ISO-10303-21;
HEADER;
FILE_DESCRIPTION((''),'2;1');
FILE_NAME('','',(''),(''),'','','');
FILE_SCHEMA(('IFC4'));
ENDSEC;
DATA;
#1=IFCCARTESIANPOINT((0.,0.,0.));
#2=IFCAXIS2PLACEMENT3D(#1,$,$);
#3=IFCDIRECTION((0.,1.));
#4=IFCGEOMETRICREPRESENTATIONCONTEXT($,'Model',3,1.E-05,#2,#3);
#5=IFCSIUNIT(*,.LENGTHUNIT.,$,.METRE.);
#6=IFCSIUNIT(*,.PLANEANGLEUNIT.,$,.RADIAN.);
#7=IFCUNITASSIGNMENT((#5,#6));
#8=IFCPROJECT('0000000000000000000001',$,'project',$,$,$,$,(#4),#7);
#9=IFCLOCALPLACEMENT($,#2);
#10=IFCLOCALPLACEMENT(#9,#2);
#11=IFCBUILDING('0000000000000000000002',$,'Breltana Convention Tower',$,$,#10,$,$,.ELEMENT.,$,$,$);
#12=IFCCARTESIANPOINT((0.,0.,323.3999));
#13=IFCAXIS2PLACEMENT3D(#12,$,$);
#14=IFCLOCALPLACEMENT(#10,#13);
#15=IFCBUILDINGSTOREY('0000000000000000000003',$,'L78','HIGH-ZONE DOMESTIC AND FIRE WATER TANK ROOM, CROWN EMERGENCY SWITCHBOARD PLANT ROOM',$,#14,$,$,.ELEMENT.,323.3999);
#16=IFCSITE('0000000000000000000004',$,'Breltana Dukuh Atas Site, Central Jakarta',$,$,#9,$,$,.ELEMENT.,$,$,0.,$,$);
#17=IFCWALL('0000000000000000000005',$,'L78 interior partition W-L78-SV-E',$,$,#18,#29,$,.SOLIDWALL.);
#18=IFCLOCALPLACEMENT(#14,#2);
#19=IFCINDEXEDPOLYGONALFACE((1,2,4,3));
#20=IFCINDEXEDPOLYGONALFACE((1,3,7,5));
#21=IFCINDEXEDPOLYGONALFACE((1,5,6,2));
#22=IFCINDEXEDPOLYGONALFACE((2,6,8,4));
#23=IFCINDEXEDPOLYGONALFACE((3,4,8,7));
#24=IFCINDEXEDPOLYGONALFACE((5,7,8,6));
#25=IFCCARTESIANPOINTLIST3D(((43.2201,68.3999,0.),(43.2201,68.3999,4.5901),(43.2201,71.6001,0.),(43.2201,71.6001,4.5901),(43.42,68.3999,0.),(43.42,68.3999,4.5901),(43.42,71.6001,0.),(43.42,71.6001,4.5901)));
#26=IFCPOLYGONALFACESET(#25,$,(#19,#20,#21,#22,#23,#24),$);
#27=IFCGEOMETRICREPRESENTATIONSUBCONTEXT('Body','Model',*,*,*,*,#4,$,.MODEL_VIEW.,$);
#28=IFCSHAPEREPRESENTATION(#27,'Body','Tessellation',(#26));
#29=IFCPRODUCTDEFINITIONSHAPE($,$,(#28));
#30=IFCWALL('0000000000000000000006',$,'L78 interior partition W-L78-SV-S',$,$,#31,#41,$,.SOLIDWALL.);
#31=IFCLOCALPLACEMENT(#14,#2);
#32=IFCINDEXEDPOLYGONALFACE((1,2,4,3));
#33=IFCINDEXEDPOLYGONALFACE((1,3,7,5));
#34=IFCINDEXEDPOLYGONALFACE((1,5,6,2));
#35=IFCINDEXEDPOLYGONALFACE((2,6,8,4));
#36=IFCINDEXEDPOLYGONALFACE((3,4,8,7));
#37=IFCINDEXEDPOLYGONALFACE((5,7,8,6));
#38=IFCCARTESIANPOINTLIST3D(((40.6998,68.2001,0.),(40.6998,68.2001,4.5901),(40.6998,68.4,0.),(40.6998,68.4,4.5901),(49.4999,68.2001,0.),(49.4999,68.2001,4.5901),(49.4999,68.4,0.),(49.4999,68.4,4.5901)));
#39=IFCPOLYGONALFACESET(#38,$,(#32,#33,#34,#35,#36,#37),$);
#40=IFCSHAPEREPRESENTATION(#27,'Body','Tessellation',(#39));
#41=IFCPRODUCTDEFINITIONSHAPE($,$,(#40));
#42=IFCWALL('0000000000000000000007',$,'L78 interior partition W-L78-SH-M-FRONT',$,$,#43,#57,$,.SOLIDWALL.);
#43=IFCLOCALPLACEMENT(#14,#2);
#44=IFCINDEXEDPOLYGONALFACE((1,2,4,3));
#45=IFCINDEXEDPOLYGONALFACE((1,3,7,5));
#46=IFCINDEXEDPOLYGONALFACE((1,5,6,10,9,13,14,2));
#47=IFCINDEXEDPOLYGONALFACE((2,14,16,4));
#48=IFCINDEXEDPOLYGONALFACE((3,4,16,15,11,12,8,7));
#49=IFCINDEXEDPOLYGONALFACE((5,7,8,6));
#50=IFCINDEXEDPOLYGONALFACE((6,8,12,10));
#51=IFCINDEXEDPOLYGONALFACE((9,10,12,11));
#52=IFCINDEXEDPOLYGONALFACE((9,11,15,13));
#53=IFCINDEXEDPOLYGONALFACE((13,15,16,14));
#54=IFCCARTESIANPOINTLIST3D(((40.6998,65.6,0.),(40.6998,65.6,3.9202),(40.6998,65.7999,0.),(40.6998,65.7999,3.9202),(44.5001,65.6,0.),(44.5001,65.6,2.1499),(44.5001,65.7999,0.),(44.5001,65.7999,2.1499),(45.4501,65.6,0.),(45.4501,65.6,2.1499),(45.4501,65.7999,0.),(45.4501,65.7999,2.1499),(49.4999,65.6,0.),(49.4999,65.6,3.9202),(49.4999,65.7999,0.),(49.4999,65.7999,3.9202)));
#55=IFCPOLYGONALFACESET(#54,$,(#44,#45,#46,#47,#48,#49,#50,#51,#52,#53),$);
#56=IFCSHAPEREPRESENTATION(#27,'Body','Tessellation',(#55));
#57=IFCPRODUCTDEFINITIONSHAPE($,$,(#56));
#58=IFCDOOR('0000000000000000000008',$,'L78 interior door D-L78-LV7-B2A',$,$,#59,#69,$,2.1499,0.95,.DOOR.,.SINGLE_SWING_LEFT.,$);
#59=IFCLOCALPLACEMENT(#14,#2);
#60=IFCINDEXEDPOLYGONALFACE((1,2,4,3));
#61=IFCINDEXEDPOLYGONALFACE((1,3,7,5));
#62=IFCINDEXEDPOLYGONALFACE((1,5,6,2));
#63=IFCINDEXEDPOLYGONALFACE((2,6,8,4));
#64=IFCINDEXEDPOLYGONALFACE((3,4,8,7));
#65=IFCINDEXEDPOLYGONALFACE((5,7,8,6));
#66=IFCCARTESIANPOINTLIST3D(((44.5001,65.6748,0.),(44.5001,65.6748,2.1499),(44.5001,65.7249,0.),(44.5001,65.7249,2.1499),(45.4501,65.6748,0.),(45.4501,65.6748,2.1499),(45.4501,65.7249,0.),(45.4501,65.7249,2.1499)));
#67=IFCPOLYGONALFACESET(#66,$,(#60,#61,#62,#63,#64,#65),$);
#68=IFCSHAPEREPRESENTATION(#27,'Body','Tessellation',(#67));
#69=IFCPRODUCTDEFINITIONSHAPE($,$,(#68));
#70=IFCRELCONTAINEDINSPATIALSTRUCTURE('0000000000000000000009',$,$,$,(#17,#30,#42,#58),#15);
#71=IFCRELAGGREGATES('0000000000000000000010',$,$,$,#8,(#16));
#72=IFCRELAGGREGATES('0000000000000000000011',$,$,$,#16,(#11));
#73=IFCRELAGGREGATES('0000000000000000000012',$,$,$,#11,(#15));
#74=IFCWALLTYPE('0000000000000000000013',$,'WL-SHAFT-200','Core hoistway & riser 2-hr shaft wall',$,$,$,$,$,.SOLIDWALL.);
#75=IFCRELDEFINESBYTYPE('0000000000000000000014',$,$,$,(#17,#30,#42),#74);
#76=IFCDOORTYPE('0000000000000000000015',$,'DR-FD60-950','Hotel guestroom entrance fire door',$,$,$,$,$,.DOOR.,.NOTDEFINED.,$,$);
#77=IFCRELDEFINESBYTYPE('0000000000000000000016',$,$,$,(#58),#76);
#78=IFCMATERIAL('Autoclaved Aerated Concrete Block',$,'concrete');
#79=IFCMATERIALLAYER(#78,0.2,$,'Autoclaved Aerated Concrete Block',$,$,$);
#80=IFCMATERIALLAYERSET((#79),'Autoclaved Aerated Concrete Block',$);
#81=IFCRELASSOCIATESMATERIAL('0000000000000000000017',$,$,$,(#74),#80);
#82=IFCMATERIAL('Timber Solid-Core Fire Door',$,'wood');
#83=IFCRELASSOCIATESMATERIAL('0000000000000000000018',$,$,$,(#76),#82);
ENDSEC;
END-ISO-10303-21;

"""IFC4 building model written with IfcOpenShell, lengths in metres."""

from ifc_helpers import new_model, si_unit, direction, frame, frame_2d, origin, place, context, subcontext, project, spatial, rectangle, extrude, source, transform, mapped, material, layer, layer_set, type_object, type_shapes, element, fill, save


model = new_model("IFC4")

# Units and contexts
model_context = context("Model", 3, precision=1e-05, world=origin(), true_north=direction((0.0, 1.0)))
body_context = subcontext(model_context, "Body", "Model", "MODEL_VIEW")
ifc_project = project(units=[si_unit("LENGTHUNIT", "METRE"), si_unit("PLANEANGLEUNIT", "RADIAN")], contexts=[model_context])

# Site, building, storey
site_placement = place(None, origin())
site = spatial("IfcSite", under=ifc_project, at=site_placement, Name="Breltana Dukuh Atas Site, Central Jakarta", CompositionType="ELEMENT", RefElevation=0.0)
building_placement = place(site_placement, origin())
building = spatial("IfcBuilding", under=site, at=building_placement, Name="Breltana Convention Tower", CompositionType="ELEMENT")
storey_placement = place(building_placement, frame((0.0, 0.0, 323.3999)))
storey = spatial("IfcBuildingStorey", under=building, at=storey_placement, Name="L78", Description="HIGH-ZONE DOMESTIC AND FIRE WATER TANK ROOM, CROWN EMERGENCY SWITCHBOARD PLANT ROOM", CompositionType="ELEMENT", Elevation=323.3999)

# Walls
ifc_material_1 = material(Name="Autoclaved Aerated Concrete Block", Category="concrete")
ifc_layer_1 = layer(ifc_material_1, 0.2, Name="Autoclaved Aerated Concrete Block")
ifc_layer_set_1 = layer_set([ifc_layer_1], Name="Autoclaved Aerated Concrete Block")
wall_type_1 = type_object("IfcWallType", Name="WL-SHAFT-200", Description="Core hoistway & riser 2-hr shaft wall", PredefinedType="SOLIDWALL", material=ifc_layer_set_1)
shared_shape_1 = source(origin(), body_context, "Body", "SweptSolid", [
    extrude(rectangle(XDim=3.2002, YDim=0.2, at=frame_2d((1.6001, 0.0))), origin(), (0.0, 0.0, 1.0), 4.5901),
])
wall_1_placement = place(storey_placement, frame((43.3201, 68.3999, 0.0), z_axis=(0.0, 0.0, 1.0), x_axis=(0.0, 1.0, 0.0)))
element("IfcWall", 1, at=wall_1_placement, inside=storey, type_object=wall_type_1, Name="L78 interior partition W-L78-SV-E", PredefinedType="SOLIDWALL", context=body_context, shape_type="MappedRepresentation", body=[
    mapped(shared_shape_1, transform((0.0, 0.0, 0.0), scale=1.0)),
])
shared_shape_2 = source(origin(), body_context, "Body", "SweptSolid", [
    extrude(rectangle(XDim=8.8, YDim=0.2, at=frame_2d((4.3999, 0.0))), origin(), (0.0, 0.0, 1.0), 4.5901),
])
wall_2_placement = place(storey_placement, frame((40.7, 68.3, 0.0), z_axis=(0.0, 0.0, 1.0), x_axis=(1.0, 0.0, 0.0)))
element("IfcWall", 2, at=wall_2_placement, inside=storey, type_object=wall_type_1, Name="L78 interior partition W-L78-SV-S", PredefinedType="SOLIDWALL", context=body_context, shape_type="MappedRepresentation", body=[
    mapped(shared_shape_2, transform((0.0, 0.0, 0.0), scale=1.0)),
])

# Wall, opening, door
shared_shape_3 = source(origin(), body_context, "Body", "SweptSolid", [
    extrude(rectangle(XDim=8.8, YDim=0.2, at=frame_2d((4.3999, 0.0))), origin(), (0.0, 0.0, 1.0), 3.9202),
])
wall_3_placement = place(storey_placement, frame((40.7, 65.7, 0.0), z_axis=(0.0, 0.0, 1.0), x_axis=(1.0, 0.0, 0.0)))
wall_3 = element("IfcWall", 3, at=wall_3_placement, inside=storey, type_object=wall_type_1, Name="L78 interior partition W-L78-SH-M-FRONT", PredefinedType="SOLIDWALL", context=body_context, shape_type="MappedRepresentation", body=[
    mapped(shared_shape_3, transform((0.0, 0.0, 0.0), scale=1.0)),
])
opening_1_placement = place(wall_3_placement, frame((3.8, 0.0, 0.0)))
opening_1 = element("IfcOpeningElement", 4, at=opening_1_placement, cuts=wall_3, PredefinedType="OPENING", context=body_context, shape_type="SweptSolid", body=[
    extrude(rectangle(XDim=0.95, YDim=2.1499, at=frame_2d((0.4751, 1.075))), frame((0.0, 0.1099, 0.0), z_axis=(0.0, -1.0, 0.0), x_axis=(1.0, 0.0, 0.0)), (0.0, 0.0, 1.0), 0.22),
])
ifc_material_2 = material(Name="Timber Solid-Core Fire Door", Category="wood")
door_type_1 = type_object("IfcDoorType", Name="DR-FD60-950", Description="Hotel guestroom entrance fire door", OperationType="NOTDEFINED", PredefinedType="DOOR", material=ifc_material_2)
shared_shape_4 = source(origin(), body_context, "Body", "SweptSolid", [
    extrude(rectangle(XDim=0.95, YDim=2.1499, at=frame_2d((0.4751, 1.075))), frame((0.0, 0.0249, 0.0), z_axis=(0.0, -1.0, 0.0), x_axis=(1.0, 0.0, 0.0)), (0.0, 0.0, 1.0), 0.05),
])
type_shapes(door_type_1, [shared_shape_4])
door_1_placement = place(opening_1_placement, origin())
door_1 = element("IfcDoor", 5, at=door_1_placement, inside=storey, type_object=door_type_1, Name="L78 interior door D-L78-LV7-B2A", OperationType="SINGLE_SWING_LEFT", OverallHeight=2.1499, OverallWidth=0.95, PredefinedType="DOOR", context=body_context, shape_type="MappedRepresentation", body=[
    mapped(shared_shape_4, transform((0.0, 0.0, 0.0), scale=1.0)),
])
fill(opening_1, door_1)

save(model, "model.ifc")
